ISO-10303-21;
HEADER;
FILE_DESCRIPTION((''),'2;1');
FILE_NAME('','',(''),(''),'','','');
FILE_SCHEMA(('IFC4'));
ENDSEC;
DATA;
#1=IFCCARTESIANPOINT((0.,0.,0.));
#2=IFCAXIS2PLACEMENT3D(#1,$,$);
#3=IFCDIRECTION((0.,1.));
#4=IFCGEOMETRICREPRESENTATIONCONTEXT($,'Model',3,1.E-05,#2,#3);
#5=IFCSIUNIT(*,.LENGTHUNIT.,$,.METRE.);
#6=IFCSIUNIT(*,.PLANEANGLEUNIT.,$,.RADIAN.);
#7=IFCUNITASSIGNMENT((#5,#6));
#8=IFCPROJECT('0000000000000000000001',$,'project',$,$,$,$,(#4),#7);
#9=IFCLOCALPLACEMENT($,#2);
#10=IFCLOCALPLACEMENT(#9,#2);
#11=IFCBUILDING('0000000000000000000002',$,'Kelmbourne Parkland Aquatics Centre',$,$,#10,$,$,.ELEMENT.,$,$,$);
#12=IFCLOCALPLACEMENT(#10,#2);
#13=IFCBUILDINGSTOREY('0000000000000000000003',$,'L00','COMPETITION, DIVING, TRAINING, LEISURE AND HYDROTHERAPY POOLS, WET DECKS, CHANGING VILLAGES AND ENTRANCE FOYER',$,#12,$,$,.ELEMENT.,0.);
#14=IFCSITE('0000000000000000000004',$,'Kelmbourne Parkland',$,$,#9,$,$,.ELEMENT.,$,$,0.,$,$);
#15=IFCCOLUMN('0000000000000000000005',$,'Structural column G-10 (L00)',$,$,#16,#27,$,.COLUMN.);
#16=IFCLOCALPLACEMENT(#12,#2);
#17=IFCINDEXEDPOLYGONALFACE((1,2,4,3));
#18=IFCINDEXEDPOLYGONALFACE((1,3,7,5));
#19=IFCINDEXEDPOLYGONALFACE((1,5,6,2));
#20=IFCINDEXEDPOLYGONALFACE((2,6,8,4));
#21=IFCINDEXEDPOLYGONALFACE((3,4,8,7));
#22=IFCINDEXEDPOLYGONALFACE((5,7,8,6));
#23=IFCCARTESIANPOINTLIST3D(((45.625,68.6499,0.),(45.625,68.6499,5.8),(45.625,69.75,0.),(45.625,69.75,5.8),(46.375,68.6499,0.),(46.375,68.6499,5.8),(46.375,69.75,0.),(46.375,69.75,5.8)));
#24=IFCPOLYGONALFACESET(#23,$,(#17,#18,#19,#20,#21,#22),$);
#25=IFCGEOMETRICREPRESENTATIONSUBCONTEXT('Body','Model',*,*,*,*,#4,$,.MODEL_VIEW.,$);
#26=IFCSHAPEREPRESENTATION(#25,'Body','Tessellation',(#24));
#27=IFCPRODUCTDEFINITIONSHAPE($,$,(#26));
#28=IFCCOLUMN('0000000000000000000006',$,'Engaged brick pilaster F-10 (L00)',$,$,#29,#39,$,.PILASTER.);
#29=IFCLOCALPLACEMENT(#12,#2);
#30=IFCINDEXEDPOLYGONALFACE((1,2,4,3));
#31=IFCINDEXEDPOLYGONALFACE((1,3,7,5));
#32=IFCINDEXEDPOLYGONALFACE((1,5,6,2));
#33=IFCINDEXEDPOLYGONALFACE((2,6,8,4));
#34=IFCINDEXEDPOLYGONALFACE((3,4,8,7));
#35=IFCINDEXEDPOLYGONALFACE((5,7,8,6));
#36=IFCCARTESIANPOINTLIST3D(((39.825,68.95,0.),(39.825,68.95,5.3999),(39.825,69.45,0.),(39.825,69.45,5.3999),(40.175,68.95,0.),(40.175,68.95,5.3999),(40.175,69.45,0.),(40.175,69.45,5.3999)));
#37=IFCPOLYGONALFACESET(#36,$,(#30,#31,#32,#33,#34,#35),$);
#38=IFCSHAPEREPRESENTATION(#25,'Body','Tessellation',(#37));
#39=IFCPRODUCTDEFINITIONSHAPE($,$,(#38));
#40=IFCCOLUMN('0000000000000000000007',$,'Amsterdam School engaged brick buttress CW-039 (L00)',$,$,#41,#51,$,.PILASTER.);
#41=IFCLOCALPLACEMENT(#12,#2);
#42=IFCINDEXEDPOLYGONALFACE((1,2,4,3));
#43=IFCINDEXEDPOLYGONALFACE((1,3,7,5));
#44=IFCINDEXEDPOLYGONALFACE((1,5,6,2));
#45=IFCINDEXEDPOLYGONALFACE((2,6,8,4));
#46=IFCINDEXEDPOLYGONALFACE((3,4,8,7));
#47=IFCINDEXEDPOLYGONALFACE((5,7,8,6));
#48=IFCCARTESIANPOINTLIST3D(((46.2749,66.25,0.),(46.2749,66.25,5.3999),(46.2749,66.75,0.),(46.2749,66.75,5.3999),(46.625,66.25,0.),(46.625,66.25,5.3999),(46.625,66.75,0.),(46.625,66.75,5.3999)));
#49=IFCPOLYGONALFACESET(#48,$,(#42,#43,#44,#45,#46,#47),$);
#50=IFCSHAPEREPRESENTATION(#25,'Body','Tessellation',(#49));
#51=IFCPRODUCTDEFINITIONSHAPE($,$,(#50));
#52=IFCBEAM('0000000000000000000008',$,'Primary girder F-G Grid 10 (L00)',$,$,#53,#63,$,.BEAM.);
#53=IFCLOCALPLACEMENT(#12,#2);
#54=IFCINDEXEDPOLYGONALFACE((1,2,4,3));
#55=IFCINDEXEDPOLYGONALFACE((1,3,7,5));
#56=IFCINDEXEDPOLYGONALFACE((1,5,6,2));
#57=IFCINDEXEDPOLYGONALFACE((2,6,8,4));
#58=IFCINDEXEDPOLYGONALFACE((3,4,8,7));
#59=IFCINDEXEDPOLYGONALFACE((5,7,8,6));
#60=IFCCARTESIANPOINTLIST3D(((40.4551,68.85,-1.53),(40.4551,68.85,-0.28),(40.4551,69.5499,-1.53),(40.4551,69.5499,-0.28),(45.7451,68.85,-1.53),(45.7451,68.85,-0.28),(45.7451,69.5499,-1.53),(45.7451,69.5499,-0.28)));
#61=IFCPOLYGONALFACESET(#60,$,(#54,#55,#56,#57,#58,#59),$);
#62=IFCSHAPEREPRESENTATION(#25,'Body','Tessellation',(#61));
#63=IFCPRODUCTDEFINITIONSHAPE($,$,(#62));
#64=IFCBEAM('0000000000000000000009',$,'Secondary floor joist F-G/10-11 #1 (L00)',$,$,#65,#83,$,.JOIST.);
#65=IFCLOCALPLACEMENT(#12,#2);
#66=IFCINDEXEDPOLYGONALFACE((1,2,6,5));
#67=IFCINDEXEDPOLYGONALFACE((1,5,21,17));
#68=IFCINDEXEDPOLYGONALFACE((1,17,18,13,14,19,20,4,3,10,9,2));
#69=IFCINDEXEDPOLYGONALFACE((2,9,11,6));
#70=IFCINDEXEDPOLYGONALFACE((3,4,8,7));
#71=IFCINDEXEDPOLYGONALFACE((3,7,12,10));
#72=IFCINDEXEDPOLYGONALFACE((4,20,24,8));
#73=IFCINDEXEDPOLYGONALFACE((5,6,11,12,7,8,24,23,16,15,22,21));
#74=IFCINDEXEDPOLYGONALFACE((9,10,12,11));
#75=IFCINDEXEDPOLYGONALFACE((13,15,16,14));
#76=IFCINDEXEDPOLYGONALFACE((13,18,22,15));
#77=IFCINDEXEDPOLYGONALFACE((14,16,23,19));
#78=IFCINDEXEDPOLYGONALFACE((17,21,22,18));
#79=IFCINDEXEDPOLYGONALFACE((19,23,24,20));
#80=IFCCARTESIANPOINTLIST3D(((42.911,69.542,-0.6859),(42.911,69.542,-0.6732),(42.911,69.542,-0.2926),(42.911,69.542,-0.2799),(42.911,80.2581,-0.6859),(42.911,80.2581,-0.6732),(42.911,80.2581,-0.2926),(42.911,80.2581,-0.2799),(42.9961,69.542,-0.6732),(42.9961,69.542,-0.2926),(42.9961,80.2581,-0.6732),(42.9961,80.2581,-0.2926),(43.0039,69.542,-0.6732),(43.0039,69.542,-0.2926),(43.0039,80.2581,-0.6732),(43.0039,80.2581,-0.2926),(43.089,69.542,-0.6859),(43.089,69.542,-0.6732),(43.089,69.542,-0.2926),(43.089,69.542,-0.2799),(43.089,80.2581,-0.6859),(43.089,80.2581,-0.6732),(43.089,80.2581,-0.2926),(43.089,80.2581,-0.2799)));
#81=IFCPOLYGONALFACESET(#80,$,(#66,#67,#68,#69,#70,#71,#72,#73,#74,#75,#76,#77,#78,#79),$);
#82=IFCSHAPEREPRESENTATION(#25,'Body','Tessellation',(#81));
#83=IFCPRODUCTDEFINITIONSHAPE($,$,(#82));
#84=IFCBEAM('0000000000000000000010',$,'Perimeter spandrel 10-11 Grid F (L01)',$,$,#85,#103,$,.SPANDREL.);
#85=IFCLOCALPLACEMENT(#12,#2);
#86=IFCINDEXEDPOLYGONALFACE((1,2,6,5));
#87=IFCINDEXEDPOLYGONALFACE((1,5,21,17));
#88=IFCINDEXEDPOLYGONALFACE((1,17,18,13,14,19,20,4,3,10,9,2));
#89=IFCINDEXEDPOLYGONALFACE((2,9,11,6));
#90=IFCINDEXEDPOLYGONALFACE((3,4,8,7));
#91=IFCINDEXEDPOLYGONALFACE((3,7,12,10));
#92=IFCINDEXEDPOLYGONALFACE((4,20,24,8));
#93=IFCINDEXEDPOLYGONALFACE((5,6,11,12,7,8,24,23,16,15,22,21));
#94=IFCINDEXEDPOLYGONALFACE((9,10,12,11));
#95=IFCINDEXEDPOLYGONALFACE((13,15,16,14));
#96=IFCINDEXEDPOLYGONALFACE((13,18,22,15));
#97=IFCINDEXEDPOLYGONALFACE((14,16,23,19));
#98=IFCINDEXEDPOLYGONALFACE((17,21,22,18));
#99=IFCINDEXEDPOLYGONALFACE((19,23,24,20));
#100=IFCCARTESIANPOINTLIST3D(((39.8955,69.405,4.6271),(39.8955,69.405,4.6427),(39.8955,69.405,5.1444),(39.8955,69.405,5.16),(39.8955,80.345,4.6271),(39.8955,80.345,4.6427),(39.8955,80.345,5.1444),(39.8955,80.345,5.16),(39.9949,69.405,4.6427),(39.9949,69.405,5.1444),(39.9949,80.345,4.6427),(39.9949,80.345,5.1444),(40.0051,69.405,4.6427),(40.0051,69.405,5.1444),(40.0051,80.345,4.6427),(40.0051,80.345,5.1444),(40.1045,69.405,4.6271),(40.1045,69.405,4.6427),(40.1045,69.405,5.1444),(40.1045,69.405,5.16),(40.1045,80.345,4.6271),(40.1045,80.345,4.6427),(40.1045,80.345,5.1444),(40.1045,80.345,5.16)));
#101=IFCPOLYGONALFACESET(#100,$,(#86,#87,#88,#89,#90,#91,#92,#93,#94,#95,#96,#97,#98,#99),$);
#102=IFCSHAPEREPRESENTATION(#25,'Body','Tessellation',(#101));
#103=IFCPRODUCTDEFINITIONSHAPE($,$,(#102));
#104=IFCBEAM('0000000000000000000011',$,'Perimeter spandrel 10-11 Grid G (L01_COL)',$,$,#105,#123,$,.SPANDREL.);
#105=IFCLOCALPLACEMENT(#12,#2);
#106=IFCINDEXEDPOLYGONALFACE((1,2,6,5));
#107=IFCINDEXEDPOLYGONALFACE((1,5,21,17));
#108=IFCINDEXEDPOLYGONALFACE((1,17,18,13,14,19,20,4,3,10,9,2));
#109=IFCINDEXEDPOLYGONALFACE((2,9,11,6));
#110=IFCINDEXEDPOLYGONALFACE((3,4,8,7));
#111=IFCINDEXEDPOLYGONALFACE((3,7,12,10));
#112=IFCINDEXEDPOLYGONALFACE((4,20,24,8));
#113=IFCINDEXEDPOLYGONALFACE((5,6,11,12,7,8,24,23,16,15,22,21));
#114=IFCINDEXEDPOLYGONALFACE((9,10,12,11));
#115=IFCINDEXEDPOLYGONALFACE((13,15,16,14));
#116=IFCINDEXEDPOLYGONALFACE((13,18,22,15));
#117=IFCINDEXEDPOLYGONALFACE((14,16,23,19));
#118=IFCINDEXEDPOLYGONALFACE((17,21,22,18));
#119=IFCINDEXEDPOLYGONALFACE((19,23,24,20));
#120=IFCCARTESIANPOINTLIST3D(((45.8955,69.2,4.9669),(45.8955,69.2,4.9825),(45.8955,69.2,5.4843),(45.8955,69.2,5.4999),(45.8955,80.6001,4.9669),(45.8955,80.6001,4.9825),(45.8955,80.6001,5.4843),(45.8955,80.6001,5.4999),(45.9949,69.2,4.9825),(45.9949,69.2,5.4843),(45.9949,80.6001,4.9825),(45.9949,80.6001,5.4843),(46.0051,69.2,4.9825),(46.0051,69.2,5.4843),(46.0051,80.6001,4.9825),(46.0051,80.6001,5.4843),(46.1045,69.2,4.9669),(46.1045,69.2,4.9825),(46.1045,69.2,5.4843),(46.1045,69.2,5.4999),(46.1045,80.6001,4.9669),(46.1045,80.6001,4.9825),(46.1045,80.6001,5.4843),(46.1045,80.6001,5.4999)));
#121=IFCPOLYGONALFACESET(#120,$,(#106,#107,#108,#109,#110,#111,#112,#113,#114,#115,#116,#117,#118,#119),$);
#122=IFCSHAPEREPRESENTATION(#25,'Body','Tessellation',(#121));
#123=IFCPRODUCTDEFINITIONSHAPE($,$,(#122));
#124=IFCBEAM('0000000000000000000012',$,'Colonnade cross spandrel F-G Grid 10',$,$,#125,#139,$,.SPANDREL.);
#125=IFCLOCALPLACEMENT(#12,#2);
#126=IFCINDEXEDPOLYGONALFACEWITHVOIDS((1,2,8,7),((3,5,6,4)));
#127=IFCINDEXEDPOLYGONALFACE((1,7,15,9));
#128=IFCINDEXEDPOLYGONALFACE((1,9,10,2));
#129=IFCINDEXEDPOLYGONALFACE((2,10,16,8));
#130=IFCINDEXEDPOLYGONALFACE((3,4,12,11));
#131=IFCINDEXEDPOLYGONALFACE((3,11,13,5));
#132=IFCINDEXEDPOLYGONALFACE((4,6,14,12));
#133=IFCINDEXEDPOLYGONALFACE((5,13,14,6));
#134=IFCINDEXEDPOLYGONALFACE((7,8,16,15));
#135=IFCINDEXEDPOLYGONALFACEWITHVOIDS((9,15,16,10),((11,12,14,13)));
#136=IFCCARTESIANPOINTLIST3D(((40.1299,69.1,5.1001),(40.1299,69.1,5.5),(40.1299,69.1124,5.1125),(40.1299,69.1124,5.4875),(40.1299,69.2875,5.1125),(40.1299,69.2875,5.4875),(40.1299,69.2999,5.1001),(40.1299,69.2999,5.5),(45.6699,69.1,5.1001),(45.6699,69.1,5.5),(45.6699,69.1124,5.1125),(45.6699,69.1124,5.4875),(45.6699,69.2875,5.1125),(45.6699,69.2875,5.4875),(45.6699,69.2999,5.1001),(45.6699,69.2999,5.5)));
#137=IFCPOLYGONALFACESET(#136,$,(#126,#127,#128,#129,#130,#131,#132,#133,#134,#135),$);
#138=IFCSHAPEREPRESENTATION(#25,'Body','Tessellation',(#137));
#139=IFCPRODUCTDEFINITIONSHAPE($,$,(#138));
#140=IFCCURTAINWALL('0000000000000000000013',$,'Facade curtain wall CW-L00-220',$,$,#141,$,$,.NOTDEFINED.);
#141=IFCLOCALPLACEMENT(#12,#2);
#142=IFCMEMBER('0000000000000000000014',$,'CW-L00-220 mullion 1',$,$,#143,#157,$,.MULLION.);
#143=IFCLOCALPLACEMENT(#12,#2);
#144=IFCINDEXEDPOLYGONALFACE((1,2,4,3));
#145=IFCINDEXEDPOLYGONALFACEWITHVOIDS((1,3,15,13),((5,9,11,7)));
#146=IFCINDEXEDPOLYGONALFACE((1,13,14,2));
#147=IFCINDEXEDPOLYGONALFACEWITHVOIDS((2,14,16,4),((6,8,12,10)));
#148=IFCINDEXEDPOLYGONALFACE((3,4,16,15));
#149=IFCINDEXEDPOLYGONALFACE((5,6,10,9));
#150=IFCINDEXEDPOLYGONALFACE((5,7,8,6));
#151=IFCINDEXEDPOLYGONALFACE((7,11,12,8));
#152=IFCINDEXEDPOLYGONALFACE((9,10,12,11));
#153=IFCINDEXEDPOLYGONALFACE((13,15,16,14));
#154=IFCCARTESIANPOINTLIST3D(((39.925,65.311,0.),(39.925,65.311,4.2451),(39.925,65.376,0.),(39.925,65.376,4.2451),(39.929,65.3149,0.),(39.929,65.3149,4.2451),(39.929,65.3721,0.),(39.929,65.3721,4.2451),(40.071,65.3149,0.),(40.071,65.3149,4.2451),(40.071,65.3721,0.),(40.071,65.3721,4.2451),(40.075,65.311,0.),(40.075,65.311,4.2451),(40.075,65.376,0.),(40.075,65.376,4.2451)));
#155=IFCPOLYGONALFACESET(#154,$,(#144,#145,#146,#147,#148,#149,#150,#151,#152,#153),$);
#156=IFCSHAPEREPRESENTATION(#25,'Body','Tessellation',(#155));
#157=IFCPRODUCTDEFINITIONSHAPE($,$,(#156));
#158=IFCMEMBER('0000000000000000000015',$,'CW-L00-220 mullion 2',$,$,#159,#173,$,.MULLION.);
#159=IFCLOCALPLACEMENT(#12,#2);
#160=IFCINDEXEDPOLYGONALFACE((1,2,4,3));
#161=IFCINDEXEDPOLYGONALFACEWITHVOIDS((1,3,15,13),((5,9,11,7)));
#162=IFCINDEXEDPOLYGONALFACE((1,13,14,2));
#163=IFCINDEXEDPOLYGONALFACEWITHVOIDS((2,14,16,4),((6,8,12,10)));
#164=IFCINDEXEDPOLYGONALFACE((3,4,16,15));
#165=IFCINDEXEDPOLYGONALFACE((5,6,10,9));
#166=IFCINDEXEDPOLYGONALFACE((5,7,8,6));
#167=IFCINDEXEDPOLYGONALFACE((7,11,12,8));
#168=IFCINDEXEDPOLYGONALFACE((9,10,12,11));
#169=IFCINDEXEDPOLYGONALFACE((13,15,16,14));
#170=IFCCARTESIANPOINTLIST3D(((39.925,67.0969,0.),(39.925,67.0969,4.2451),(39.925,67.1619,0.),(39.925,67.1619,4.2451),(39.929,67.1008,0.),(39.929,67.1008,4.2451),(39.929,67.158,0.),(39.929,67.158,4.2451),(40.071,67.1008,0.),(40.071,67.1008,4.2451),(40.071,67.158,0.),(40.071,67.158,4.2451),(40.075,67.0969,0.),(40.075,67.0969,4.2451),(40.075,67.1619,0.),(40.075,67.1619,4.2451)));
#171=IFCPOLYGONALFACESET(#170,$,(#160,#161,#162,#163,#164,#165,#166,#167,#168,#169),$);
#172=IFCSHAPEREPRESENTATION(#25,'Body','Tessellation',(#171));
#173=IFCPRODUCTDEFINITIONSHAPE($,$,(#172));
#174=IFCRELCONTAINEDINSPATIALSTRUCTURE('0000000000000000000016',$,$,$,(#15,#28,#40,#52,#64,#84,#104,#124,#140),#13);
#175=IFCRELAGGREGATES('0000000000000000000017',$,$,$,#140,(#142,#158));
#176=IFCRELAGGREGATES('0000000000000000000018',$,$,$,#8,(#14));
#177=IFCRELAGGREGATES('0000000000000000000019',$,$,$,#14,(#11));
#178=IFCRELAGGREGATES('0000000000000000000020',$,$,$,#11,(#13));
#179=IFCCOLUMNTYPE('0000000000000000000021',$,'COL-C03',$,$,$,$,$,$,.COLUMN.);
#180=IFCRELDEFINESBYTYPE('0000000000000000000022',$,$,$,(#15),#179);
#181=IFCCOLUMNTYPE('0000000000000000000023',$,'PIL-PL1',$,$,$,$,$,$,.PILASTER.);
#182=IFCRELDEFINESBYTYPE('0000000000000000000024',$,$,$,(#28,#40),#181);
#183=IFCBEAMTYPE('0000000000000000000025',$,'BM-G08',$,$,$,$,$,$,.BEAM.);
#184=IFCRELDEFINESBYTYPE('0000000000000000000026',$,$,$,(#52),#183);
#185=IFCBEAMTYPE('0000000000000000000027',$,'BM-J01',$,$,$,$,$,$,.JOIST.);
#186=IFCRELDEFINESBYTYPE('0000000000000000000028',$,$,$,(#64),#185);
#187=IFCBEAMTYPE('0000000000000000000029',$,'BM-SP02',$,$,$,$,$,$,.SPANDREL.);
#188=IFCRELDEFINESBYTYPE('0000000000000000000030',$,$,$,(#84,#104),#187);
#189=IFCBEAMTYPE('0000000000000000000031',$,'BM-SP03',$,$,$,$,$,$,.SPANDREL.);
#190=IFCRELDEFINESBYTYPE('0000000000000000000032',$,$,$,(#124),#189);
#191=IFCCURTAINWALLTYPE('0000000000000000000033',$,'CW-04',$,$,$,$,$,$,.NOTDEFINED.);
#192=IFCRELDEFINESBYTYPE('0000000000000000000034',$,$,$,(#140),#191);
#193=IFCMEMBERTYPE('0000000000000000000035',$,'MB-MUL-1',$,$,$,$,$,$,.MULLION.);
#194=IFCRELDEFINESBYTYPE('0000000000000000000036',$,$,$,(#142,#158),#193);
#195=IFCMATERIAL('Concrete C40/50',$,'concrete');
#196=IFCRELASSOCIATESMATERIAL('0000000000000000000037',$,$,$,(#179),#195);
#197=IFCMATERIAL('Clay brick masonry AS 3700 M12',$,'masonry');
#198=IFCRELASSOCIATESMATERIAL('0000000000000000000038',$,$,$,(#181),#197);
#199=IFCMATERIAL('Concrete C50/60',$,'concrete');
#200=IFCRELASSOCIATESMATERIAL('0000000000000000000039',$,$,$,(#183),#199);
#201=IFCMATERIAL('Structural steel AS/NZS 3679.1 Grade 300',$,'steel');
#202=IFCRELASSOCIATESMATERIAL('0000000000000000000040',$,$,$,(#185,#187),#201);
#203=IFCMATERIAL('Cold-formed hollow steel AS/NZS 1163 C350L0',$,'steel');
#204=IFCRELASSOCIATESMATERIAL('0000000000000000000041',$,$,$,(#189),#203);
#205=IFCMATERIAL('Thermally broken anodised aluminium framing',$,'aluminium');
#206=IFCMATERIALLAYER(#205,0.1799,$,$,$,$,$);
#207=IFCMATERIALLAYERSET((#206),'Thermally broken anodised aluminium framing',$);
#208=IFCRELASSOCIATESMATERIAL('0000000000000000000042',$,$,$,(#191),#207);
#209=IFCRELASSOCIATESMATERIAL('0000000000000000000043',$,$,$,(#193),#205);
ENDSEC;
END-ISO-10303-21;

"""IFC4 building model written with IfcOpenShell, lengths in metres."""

from ifc_helpers import new_model, si_unit, direction, frame, origin, origin_2d, place, context, subcontext, project, spatial, rectangle, hollow_rectangle, i_section, extrude, material, layer, layer_set, material_profile, profile_set, type_object, element, aggregate, save


model = new_model("IFC4")

# Units and contexts
model_context = context("Model", 3, precision=1e-05, world=origin(), true_north=direction((0.0, 1.0)))
body_context = subcontext(model_context, "Body", "Model", "MODEL_VIEW")
ifc_project = project(units=[si_unit("LENGTHUNIT", "METRE"), si_unit("PLANEANGLEUNIT", "RADIAN")], contexts=[model_context])

# Site, building, storey
site_placement = place(None, origin())
site = spatial("IfcSite", under=ifc_project, at=site_placement, Name="Kelmbourne Parkland", CompositionType="ELEMENT", RefElevation=0.0)
building_placement = place(site_placement, origin())
building = spatial("IfcBuilding", under=site, at=building_placement, Name="Kelmbourne Parkland Aquatics Centre", CompositionType="ELEMENT")
storey_placement = place(building_placement, origin())
storey = spatial("IfcBuildingStorey", under=building, at=storey_placement, Name="L00", Description="COMPETITION, DIVING, TRAINING, LEISURE AND HYDROTHERAPY POOLS, WET DECKS, CHANGING VILLAGES AND ENTRANCE FOYER", CompositionType="ELEMENT", Elevation=0.0)

# Columns
ifc_material_1 = material(Name="Concrete C40/50", Category="concrete")
ifc_material_profile_1 = material_profile(ifc_material_1, rectangle(XDim=0.75, YDim=1.1001, at=origin_2d()), Name="RC 750x1100")
ifc_profile_set_1 = profile_set([ifc_material_profile_1], Name="Concrete C40/50")
column_type_1 = type_object("IfcColumnType", Name="COL-C03", PredefinedType="COLUMN", material=ifc_profile_set_1)
column_placement = place(storey_placement, frame((46.0, 69.2, 0.0), z_axis=(0.0, 0.0, 1.0), x_axis=(1.0, 0.0, 0.0)))
element("IfcColumn", 1, at=column_placement, inside=storey, type_object=column_type_1, Name="Structural column G-10 (L00)", PredefinedType="COLUMN", context=body_context, shape_type="SweptSolid", body=[
    extrude(rectangle(XDim=0.75, YDim=1.1001, at=origin_2d()), origin(), (0.0, 0.0, 1.0), 5.8),
])
ifc_material_2 = material(Name="Clay brick masonry AS 3700 M12", Category="masonry")
ifc_material_profile_2 = material_profile(ifc_material_2, rectangle(XDim=0.3501, YDim=0.5, at=origin_2d()), Name="PIL 350x500")
ifc_profile_set_2 = profile_set([ifc_material_profile_2], Name="Clay brick masonry AS 3700 M12")
column_type_2 = type_object("IfcColumnType", Name="PIL-PL1", PredefinedType="PILASTER", material=ifc_profile_set_2)
for number, where, z_axis, x_axis, name in (
    (2, (40.0, 69.2, 0.0), (0.0, 0.0, 1.0), (1.0, 0.0, 0.0), "Engaged brick pilaster F-10 (L00)"),
    (3, (46.45, 66.5, 0.0), (0.0, 0.0, 1.0), (1.0, 0.0, 0.0), "Amsterdam School engaged brick buttress CW-039 (L00)"),
):
    element("IfcColumn", number, at=place(storey_placement, frame(where, z_axis=z_axis, x_axis=x_axis)), inside=storey, type_object=column_type_2, Name=name, PredefinedType="PILASTER", context=body_context, shape_type="SweptSolid", body=[
        extrude(rectangle(XDim=0.3501, YDim=0.5, at=origin_2d()), origin(), (0.0, 0.0, 1.0), 5.3999),
    ])

# Beams
ifc_material_3 = material(Name="Concrete C50/60", Category="concrete")
ifc_material_profile_3 = material_profile(ifc_material_3, rectangle(XDim=0.7, YDim=1.25, at=origin_2d()), Name="RC 700x1250")
ifc_profile_set_3 = profile_set([ifc_material_profile_3], Name="Concrete C50/60")
beam_type_1 = type_object("IfcBeamType", Name="BM-G08", PredefinedType="BEAM", material=ifc_profile_set_3)
beam_1_placement = place(storey_placement, frame((40.4551, 69.2, -0.905), z_axis=(1.0, 0.0, 0.0), x_axis=(0.0, 1.0, 0.0)))
element("IfcBeam", 4, at=beam_1_placement, inside=storey, type_object=beam_type_1, Name="Primary girder F-G Grid 10 (L00)", PredefinedType="BEAM", context=body_context, shape_type="SweptSolid", body=[
    extrude(rectangle(XDim=0.7, YDim=1.25, at=origin_2d()), origin(), (0.0, 0.0, 1.0), 5.29),
])
ifc_material_4 = material(Name="Structural steel AS/NZS 3679.1 Grade 300", Category="steel")
ifc_material_profile_4 = material_profile(ifc_material_4, i_section(OverallWidth=0.178, OverallDepth=0.406, WebThickness=0.0078, FlangeThickness=0.0127, at=origin_2d()), Name="410UB59.7")
ifc_profile_set_4 = profile_set([ifc_material_profile_4], Name="Structural steel AS/NZS 3679.1 Grade 300")
beam_type_2 = type_object("IfcBeamType", Name="BM-J01", PredefinedType="JOIST", material=ifc_profile_set_4)
beam_2_placement = place(storey_placement, frame((43.0, 69.542, -0.4829), z_axis=(0.0, 1.0, 0.0), x_axis=(-1.0, 0.0, 0.0)))
element("IfcBeam", 5, at=beam_2_placement, inside=storey, type_object=beam_type_2, Name="Secondary floor joist F-G/10-11 #1 (L00)", PredefinedType="JOIST", context=body_context, shape_type="SweptSolid", body=[
    extrude(i_section(OverallWidth=0.178, OverallDepth=0.406, WebThickness=0.0078, FlangeThickness=0.0127, at=origin_2d()), origin(), (0.0, 0.0, 1.0), 10.7161),
])
ifc_material_profile_5 = material_profile(ifc_material_4, i_section(OverallWidth=0.209, OverallDepth=0.533, WebThickness=0.0103, FlangeThickness=0.0156, at=origin_2d()), Name="530UB92.4")
ifc_profile_set_5 = profile_set([ifc_material_profile_5], Name="Structural steel AS/NZS 3679.1 Grade 300")
beam_type_3 = type_object("IfcBeamType", Name="BM-SP02", PredefinedType="SPANDREL", material=ifc_profile_set_5)
beam_3_placement = place(storey_placement, frame((40.0, 69.405, 4.8936), z_axis=(0.0, 1.0, 0.0), x_axis=(-1.0, 0.0, 0.0)))
element("IfcBeam", 6, at=beam_3_placement, inside=storey, type_object=beam_type_3, Name="Perimeter spandrel 10-11 Grid F (L01)", PredefinedType="SPANDREL", context=body_context, shape_type="SweptSolid", body=[
    extrude(i_section(OverallWidth=0.209, OverallDepth=0.533, WebThickness=0.0103, FlangeThickness=0.0156, at=origin_2d()), origin(), (0.0, 0.0, 1.0), 10.9399),
])
beam_4_placement = place(storey_placement, frame((46.0, 69.2, 5.2334), z_axis=(0.0, 1.0, 0.0), x_axis=(-1.0, 0.0, 0.0)))
element("IfcBeam", 7, at=beam_4_placement, inside=storey, type_object=beam_type_3, Name="Perimeter spandrel 10-11 Grid G (L01_COL)", PredefinedType="SPANDREL", context=body_context, shape_type="SweptSolid", body=[
    extrude(i_section(OverallWidth=0.209, OverallDepth=0.533, WebThickness=0.0103, FlangeThickness=0.0156, at=origin_2d()), origin(), (0.0, 0.0, 1.0), 11.4001),
])
ifc_material_5 = material(Name="Cold-formed hollow steel AS/NZS 1163 C350L0", Category="steel")
ifc_material_profile_6 = material_profile(ifc_material_5, hollow_rectangle(XDim=0.2, YDim=0.3999, WallThickness=0.0125, at=origin_2d()), Name="RHS 400x200x12.5")
ifc_profile_set_6 = profile_set([ifc_material_profile_6], Name="Cold-formed hollow steel AS/NZS 1163 C350L0")
beam_type_4 = type_object("IfcBeamType", Name="BM-SP03", PredefinedType="SPANDREL", material=ifc_profile_set_6)
beam_5_placement = place(storey_placement, frame((40.1299, 69.2, 5.3), z_axis=(1.0, 0.0, 0.0), x_axis=(0.0, 1.0, 0.0)))
element("IfcBeam", 8, at=beam_5_placement, inside=storey, type_object=beam_type_4, Name="Colonnade cross spandrel F-G Grid 10", PredefinedType="SPANDREL", context=body_context, shape_type="SweptSolid", body=[
    extrude(hollow_rectangle(XDim=0.2, YDim=0.3999, WallThickness=0.0125, at=origin_2d()), origin(), (0.0, 0.0, 1.0), 5.54),
])

# Curtain wall, members
ifc_material_6 = material(Name="Thermally broken anodised aluminium framing", Category="aluminium")
ifc_layer_1 = layer(ifc_material_6, 0.1799)
ifc_layer_set_1 = layer_set([ifc_layer_1], Name="Thermally broken anodised aluminium framing")
curtain_wall_type_1 = type_object("IfcCurtainWallType", Name="CW-04", PredefinedType="NOTDEFINED", material=ifc_layer_set_1)
curtain_wall_1_placement = place(storey_placement, origin())
curtain_wall_1 = element("IfcCurtainWall", 9, at=curtain_wall_1_placement, inside=storey, type_object=curtain_wall_type_1, Name="Facade curtain wall CW-L00-220", PredefinedType="NOTDEFINED")
ifc_material_profile_7 = material_profile(ifc_material_6, hollow_rectangle(XDim=0.0649, YDim=0.1499, WallThickness=0.0039, at=origin_2d()), Name="CW-M 65x150")
ifc_profile_set_7 = profile_set([ifc_material_profile_7], Name="Thermally broken anodised aluminium framing")
member_type_1 = type_object("IfcMemberType", Name="MB-MUL-1", PredefinedType="MULLION", material=ifc_profile_set_7)
member_1_placement = place(storey_placement, frame((40.0, 65.3435, 0.0), z_axis=(0.0, 0.0, 1.0), x_axis=(0.0, 1.0, 0.0)))
member_1 = element("IfcMember", 10, at=member_1_placement, type_object=member_type_1, Name="CW-L00-220 mullion 1", PredefinedType="MULLION", context=body_context, shape_type="SweptSolid", body=[
    extrude(hollow_rectangle(XDim=0.0649, YDim=0.1499, WallThickness=0.0039, at=origin_2d()), origin(), (0.0, 0.0, 1.0), 4.2451),
])
member_2_placement = place(storey_placement, frame((40.0, 67.1294, 0.0), z_axis=(0.0, 0.0, 1.0), x_axis=(0.0, 1.0, 0.0)))
member_2 = element("IfcMember", 11, at=member_2_placement, type_object=member_type_1, Name="CW-L00-220 mullion 2", PredefinedType="MULLION", context=body_context, shape_type="SweptSolid", body=[
    extrude(hollow_rectangle(XDim=0.0649, YDim=0.1499, WallThickness=0.0039, at=origin_2d()), origin(), (0.0, 0.0, 1.0), 4.2451),
])

aggregate(curtain_wall_1, [member_1, member_2])

save(model, "model.ifc")
